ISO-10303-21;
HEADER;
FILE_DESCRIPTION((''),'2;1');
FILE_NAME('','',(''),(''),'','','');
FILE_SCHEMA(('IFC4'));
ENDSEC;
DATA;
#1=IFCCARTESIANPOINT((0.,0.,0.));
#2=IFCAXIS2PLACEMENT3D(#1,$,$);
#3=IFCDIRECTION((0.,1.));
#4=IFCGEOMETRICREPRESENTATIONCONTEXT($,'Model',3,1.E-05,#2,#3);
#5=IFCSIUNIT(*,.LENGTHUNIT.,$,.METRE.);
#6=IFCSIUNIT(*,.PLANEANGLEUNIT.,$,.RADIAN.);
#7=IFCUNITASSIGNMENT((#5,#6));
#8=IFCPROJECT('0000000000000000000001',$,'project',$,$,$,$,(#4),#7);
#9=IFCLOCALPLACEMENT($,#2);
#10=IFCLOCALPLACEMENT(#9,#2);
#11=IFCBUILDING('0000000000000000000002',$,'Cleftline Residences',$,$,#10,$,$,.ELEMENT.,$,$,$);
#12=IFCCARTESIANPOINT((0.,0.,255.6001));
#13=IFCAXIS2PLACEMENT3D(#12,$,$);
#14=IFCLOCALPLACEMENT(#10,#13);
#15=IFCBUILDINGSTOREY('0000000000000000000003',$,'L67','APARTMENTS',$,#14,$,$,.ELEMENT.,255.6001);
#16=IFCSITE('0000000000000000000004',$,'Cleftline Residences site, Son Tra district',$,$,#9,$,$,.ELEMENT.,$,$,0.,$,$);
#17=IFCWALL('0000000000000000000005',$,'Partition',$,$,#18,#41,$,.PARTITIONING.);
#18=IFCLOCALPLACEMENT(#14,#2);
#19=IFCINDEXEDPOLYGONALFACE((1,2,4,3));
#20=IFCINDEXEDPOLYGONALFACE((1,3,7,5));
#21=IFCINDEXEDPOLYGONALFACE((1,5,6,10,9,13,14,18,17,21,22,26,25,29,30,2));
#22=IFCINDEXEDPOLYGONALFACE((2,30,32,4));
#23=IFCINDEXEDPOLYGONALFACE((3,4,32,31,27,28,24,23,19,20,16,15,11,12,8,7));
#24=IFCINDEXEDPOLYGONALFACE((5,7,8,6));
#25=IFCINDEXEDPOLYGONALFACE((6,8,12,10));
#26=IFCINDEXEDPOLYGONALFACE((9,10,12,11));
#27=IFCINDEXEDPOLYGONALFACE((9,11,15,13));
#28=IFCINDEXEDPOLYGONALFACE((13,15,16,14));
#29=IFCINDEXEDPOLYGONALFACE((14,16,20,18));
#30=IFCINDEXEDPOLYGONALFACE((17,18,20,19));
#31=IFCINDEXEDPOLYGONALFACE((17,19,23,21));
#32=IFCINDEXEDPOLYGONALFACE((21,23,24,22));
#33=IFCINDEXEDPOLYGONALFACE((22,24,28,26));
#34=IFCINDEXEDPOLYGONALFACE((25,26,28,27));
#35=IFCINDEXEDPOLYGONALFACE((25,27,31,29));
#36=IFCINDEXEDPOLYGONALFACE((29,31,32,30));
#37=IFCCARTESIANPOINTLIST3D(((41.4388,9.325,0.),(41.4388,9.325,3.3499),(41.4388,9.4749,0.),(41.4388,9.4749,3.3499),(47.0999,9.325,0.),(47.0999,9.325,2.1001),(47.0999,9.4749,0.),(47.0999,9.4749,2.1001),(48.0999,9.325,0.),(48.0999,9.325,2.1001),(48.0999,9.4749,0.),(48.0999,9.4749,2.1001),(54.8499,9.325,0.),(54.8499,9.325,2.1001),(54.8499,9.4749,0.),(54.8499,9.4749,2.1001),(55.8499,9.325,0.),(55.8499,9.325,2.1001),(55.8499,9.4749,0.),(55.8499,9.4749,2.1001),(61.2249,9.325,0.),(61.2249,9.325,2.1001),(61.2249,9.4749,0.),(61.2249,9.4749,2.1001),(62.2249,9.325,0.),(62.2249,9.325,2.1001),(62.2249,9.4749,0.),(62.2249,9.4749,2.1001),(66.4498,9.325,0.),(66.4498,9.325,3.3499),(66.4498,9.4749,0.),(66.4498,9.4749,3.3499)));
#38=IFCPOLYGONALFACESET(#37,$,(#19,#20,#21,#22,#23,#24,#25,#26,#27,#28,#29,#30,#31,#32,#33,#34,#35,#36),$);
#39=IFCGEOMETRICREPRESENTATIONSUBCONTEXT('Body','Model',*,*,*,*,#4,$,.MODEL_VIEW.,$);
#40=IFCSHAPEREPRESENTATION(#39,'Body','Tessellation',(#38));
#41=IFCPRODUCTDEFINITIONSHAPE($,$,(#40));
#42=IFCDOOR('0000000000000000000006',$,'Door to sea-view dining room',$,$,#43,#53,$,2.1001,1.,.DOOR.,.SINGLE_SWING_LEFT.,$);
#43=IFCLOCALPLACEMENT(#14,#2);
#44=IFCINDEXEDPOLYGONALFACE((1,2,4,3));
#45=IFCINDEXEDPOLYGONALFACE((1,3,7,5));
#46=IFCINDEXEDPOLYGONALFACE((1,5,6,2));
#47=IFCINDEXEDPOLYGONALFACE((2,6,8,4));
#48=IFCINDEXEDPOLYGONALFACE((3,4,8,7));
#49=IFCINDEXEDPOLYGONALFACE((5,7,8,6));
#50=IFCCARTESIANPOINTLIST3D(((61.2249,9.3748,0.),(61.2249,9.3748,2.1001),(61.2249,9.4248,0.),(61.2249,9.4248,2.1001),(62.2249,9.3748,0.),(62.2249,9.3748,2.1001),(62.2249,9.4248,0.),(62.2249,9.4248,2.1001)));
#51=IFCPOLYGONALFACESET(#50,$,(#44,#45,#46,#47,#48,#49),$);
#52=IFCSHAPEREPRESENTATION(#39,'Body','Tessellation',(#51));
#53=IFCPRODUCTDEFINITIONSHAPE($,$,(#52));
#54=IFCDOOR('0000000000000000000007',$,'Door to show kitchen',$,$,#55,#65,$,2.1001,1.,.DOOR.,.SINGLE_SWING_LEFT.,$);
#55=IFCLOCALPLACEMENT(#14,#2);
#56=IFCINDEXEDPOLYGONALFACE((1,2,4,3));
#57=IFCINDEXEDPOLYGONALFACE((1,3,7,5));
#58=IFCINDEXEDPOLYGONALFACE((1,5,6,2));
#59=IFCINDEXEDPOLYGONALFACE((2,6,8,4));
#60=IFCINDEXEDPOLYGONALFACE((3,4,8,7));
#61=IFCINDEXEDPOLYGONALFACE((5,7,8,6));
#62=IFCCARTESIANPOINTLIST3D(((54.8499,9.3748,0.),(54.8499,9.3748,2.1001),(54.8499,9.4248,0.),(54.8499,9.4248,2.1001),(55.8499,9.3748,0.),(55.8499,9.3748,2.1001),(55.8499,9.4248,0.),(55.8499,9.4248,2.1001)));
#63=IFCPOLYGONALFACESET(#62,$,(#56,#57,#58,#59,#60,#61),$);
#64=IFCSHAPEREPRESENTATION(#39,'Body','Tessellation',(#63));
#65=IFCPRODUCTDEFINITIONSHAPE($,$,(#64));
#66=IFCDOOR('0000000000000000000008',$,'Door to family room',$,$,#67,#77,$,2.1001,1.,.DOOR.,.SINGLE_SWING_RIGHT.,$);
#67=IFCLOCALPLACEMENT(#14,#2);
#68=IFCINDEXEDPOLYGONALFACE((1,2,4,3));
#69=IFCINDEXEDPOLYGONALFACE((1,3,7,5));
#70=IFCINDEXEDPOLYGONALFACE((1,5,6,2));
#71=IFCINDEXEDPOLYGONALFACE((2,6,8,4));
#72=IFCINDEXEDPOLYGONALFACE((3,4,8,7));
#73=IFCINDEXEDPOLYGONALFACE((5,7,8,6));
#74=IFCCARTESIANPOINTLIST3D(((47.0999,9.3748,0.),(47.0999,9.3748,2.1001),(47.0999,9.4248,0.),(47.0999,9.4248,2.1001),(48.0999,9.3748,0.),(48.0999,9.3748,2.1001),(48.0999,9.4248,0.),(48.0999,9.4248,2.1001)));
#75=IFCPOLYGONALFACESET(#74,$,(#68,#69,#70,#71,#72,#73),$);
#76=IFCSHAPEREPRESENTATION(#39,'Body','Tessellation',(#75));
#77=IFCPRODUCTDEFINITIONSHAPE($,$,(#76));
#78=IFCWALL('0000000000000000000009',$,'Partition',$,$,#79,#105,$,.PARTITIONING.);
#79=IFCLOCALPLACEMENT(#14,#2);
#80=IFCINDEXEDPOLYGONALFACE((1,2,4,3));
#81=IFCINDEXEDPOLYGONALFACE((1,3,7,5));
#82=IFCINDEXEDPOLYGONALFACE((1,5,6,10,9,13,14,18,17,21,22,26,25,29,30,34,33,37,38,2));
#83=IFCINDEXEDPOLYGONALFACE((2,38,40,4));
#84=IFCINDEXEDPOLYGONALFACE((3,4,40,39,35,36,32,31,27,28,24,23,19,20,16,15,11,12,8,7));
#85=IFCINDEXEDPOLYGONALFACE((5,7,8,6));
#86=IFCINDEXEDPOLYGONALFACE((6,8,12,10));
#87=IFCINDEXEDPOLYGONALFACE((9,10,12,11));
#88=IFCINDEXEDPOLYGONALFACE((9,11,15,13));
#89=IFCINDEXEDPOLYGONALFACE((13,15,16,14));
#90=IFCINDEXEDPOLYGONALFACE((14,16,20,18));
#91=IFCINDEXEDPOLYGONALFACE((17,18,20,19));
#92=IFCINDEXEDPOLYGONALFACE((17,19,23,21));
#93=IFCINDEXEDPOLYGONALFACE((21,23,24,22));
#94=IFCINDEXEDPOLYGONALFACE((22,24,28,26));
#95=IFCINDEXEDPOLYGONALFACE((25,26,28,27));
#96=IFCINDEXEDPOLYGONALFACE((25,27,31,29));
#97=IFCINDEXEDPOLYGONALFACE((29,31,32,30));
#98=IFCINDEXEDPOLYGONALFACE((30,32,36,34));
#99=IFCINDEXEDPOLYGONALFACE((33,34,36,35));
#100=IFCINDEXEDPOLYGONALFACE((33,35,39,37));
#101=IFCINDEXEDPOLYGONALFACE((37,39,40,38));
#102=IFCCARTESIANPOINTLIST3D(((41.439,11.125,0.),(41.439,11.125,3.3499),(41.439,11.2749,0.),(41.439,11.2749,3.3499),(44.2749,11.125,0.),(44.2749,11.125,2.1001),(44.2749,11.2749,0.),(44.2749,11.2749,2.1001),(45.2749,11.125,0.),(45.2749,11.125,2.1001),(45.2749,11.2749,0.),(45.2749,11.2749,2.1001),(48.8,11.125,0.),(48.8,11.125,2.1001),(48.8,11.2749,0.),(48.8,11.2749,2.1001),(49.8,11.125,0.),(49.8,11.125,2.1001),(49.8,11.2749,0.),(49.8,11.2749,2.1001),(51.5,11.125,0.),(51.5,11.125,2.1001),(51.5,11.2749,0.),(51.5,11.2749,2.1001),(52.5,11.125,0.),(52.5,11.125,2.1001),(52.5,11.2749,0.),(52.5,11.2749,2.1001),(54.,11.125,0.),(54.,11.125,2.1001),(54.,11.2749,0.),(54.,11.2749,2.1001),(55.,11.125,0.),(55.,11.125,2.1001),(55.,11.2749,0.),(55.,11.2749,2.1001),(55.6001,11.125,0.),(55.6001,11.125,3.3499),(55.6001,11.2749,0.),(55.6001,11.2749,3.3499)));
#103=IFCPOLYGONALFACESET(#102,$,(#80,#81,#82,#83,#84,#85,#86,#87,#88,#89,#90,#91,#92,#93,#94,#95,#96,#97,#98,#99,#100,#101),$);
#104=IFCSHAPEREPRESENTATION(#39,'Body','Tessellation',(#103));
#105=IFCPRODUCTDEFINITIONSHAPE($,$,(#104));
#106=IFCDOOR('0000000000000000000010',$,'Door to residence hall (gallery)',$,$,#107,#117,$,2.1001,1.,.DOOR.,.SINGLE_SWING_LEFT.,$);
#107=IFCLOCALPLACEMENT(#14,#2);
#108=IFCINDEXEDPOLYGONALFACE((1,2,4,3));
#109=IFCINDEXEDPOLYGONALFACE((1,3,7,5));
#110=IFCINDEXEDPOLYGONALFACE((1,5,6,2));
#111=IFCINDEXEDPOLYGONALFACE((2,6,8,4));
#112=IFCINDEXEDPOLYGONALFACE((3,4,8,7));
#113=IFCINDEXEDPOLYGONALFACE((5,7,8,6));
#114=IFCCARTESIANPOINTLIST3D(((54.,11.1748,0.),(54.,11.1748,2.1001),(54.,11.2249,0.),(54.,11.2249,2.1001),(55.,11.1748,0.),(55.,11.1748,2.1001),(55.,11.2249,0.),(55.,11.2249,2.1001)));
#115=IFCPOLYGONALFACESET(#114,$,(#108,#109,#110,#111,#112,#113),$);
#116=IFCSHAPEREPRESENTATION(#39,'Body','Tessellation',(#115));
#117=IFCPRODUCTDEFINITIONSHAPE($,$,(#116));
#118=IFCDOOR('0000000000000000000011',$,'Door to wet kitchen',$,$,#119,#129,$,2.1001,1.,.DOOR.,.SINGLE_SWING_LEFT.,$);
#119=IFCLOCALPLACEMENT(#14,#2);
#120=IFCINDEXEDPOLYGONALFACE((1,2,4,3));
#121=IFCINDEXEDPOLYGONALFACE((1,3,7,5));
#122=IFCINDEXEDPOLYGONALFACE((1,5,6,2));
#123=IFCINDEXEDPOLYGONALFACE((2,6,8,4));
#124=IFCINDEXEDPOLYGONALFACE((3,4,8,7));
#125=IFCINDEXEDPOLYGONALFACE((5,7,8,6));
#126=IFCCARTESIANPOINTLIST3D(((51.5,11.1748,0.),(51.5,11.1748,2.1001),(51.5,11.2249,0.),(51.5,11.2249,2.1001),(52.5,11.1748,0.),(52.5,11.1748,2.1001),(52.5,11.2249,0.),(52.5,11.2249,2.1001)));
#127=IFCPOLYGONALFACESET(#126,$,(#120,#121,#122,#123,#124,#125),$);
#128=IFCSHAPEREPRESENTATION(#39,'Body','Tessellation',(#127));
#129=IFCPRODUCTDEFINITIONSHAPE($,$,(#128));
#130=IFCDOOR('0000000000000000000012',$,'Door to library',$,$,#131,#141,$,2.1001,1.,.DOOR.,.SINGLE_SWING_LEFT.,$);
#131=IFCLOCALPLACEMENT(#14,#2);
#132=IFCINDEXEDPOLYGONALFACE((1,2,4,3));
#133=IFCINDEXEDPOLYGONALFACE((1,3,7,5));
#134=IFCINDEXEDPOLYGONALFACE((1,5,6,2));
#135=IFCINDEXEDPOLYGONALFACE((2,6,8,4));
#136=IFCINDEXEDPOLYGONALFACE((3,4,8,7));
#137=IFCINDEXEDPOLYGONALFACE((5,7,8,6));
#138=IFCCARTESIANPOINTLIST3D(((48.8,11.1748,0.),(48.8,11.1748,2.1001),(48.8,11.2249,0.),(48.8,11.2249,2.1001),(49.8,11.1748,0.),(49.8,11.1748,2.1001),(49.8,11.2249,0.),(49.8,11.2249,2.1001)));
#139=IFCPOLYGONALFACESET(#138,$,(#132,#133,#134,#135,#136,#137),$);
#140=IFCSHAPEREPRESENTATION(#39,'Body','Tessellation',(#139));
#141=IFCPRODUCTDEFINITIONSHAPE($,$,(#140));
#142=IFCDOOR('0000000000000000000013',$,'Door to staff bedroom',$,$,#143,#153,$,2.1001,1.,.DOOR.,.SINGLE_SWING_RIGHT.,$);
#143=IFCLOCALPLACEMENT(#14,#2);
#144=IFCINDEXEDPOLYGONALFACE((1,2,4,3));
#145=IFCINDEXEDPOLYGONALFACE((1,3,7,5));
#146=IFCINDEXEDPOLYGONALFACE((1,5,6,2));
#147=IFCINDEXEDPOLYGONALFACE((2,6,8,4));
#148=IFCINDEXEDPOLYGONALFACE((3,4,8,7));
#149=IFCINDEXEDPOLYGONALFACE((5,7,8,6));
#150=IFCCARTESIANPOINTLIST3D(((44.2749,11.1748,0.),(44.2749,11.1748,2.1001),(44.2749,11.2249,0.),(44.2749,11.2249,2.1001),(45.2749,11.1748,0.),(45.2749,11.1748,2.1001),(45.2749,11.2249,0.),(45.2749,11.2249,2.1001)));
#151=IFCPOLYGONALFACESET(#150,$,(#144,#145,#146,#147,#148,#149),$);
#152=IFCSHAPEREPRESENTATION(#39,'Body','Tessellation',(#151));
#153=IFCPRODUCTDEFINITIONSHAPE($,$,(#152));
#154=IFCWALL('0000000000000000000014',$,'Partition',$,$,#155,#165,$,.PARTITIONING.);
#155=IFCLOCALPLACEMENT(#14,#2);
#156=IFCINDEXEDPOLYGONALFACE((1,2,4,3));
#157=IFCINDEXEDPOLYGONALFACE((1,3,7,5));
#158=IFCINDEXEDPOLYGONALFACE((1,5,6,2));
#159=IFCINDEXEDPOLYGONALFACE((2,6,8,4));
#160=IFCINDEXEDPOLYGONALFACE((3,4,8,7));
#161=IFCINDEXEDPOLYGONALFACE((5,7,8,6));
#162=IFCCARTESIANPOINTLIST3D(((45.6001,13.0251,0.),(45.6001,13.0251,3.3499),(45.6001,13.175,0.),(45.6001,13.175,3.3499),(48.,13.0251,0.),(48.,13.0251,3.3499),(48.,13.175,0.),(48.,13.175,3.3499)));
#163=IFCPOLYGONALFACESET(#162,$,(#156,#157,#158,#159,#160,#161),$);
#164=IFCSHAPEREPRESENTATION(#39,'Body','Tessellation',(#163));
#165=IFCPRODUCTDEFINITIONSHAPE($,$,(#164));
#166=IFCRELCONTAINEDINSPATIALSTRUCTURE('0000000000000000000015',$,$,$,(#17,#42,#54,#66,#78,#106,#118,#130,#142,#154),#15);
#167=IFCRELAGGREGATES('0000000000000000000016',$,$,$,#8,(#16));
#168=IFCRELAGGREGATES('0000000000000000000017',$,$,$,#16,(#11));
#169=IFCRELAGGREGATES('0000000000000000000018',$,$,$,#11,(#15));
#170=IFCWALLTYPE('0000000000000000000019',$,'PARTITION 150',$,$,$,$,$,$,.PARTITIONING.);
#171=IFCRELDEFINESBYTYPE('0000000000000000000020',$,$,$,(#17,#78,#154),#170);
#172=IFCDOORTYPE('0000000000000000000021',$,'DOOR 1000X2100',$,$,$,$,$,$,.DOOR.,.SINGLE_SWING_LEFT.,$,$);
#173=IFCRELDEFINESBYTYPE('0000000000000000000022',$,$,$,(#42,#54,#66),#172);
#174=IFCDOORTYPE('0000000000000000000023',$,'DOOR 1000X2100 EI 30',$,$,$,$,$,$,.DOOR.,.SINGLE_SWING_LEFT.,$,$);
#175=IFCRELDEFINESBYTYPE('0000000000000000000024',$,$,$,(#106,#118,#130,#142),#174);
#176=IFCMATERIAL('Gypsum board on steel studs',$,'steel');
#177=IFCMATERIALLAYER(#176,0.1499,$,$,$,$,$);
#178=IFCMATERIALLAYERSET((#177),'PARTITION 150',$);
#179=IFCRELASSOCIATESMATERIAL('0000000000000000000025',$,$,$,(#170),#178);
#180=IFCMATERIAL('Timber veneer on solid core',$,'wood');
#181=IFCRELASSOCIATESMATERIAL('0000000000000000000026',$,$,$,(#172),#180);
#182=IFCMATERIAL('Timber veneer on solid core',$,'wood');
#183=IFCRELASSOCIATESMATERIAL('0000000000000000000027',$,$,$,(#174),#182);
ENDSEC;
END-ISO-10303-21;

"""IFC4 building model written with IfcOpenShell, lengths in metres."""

from ifc_helpers import new_model, si_unit, direction, frame, frame_2d, origin, place, context, subcontext, project, spatial, rectangle, extrude, material, layer, layer_set, type_object, element, fill, save


model = new_model("IFC4")

# Units and contexts
model_context = context("Model", 3, precision=1e-05, world=origin(), true_north=direction((0.0, 1.0)))
body_context = subcontext(model_context, "Body", "Model", "MODEL_VIEW")
ifc_project = project(units=[si_unit("LENGTHUNIT", "METRE"), si_unit("PLANEANGLEUNIT", "RADIAN")], contexts=[model_context])

# Site, building, storey
site_placement = place(None, origin())
site = spatial("IfcSite", under=ifc_project, at=site_placement, Name="Cleftline Residences site, Son Tra district", CompositionType="ELEMENT", RefElevation=0.0)
building_placement = place(site_placement, origin())
building = spatial("IfcBuilding", under=site, at=building_placement, Name="Cleftline Residences", CompositionType="ELEMENT")
storey_placement = place(building_placement, frame((0.0, 0.0, 255.6001)))
storey = spatial("IfcBuildingStorey", under=building, at=storey_placement, Name="L67", Description="APARTMENTS", CompositionType="ELEMENT", Elevation=255.6001)

# Walls, openings, doors
ifc_material_1 = material(Name="Gypsum board on steel studs", Category="steel")
ifc_layer_1 = layer(ifc_material_1, 0.1499)
ifc_layer_set_1 = layer_set([ifc_layer_1], Name="PARTITION 150")
wall_type_1 = type_object("IfcWallType", Name="PARTITION 150", PredefinedType="PARTITIONING", material=ifc_layer_set_1)
wall_1_placement = place(storey_placement, frame((41.439, 9.3999, 0.0), z_axis=(0.0, 0.0, 1.0), x_axis=(1.0, 0.0, 0.0)))
wall_1 = element("IfcWall", 1, at=wall_1_placement, inside=storey, type_object=wall_type_1, Name="Partition", PredefinedType="PARTITIONING", context=body_context, shape_type="SweptSolid", body=[
    extrude(rectangle(XDim=25.011, YDim=0.1499, at=frame_2d((12.5054, 0.0))), origin(), (0.0, 0.0, 1.0), 3.3499),
])
opening_1_placement = place(wall_1_placement, frame((19.7859, 0.0, 0.0)))
opening_1 = element("IfcOpeningElement", 2, at=opening_1_placement, cuts=wall_1, PredefinedType="OPENING", context=body_context, shape_type="SweptSolid", body=[
    extrude(rectangle(XDim=1.0, YDim=2.1001, at=frame_2d((0.5, 1.05))), frame((0.0, 0.085, 0.0), z_axis=(0.0, -1.0, 0.0), x_axis=(1.0, 0.0, 0.0)), (0.0, 0.0, 1.0), 0.1699),
])
opening_2_placement = place(wall_1_placement, frame((13.4109, 0.0, 0.0)))
opening_2 = element("IfcOpeningElement", 3, at=opening_2_placement, cuts=wall_1, PredefinedType="OPENING", context=body_context, shape_type="SweptSolid", body=[
    extrude(rectangle(XDim=1.0, YDim=2.1001, at=frame_2d((0.5, 1.05))), frame((0.0, 0.085, 0.0), z_axis=(0.0, -1.0, 0.0), x_axis=(1.0, 0.0, 0.0)), (0.0, 0.0, 1.0), 0.1699),
])
opening_3_placement = place(wall_1_placement, frame((5.6609, 0.0, 0.0)))
opening_3 = element("IfcOpeningElement", 4, at=opening_3_placement, cuts=wall_1, PredefinedType="OPENING", context=body_context, shape_type="SweptSolid", body=[
    extrude(rectangle(XDim=1.0, YDim=2.1001, at=frame_2d((0.5, 1.05))), frame((0.0, 0.085, 0.0), z_axis=(0.0, -1.0, 0.0), x_axis=(1.0, 0.0, 0.0)), (0.0, 0.0, 1.0), 0.1699),
])
ifc_material_2 = material(Name="Timber veneer on solid core", Category="wood")
door_type_1 = type_object("IfcDoorType", Name="DOOR 1000X2100", OperationType="SINGLE_SWING_LEFT", PredefinedType="DOOR", material=ifc_material_2)
door_1_placement = place(opening_1_placement, origin())
door_1 = element("IfcDoor", 5, at=door_1_placement, inside=storey, type_object=door_type_1, Name="Door to sea-view dining room", OperationType="SINGLE_SWING_LEFT", OverallHeight=2.1001, OverallWidth=1.0, PredefinedType="DOOR", context=body_context, shape_type="SweptSolid", body=[
    extrude(rectangle(XDim=1.0, YDim=2.1001, at=frame_2d((0.5, 1.05))), frame((0.0, 0.0249, 0.0), z_axis=(0.0, -1.0, 0.0), x_axis=(1.0, 0.0, 0.0)), (0.0, 0.0, 1.0), 0.05),
])
fill(opening_1, door_1)
door_2_placement = place(opening_2_placement, origin())
door_2 = element("IfcDoor", 6, at=door_2_placement, inside=storey, type_object=door_type_1, Name="Door to show kitchen", OperationType="SINGLE_SWING_LEFT", OverallHeight=2.1001, OverallWidth=1.0, PredefinedType="DOOR", context=body_context, shape_type="SweptSolid", body=[
    extrude(rectangle(XDim=1.0, YDim=2.1001, at=frame_2d((0.5, 1.05))), frame((0.0, 0.0249, 0.0), z_axis=(0.0, -1.0, 0.0), x_axis=(1.0, 0.0, 0.0)), (0.0, 0.0, 1.0), 0.05),
])
fill(opening_2, door_2)
door_3_placement = place(opening_3_placement, origin())
door_3 = element("IfcDoor", 7, at=door_3_placement, inside=storey, type_object=door_type_1, Name="Door to family room", OperationType="SINGLE_SWING_RIGHT", OverallHeight=2.1001, OverallWidth=1.0, PredefinedType="DOOR", context=body_context, shape_type="SweptSolid", body=[
    extrude(rectangle(XDim=1.0, YDim=2.1001, at=frame_2d((0.5, 1.05))), frame((0.0, 0.0249, 0.0), z_axis=(0.0, -1.0, 0.0), x_axis=(1.0, 0.0, 0.0)), (0.0, 0.0, 1.0), 0.05),
])
fill(opening_3, door_3)
wall_2_placement = place(storey_placement, frame((41.439, 11.2, 0.0), z_axis=(0.0, 0.0, 1.0), x_axis=(1.0, 0.0, 0.0)))
wall_2 = element("IfcWall", 8, at=wall_2_placement, inside=storey, type_object=wall_type_1, Name="Partition", PredefinedType="PARTITIONING", context=body_context, shape_type="SweptSolid", body=[
    extrude(rectangle(XDim=14.1611, YDim=0.1499, at=frame_2d((7.0806, 0.0))), origin(), (0.0, 0.0, 1.0), 3.3499),
])
opening_4_placement = place(wall_2_placement, frame((12.561, 0.0, 0.0)))
opening_4 = element("IfcOpeningElement", 9, at=opening_4_placement, cuts=wall_2, PredefinedType="OPENING", context=body_context, shape_type="SweptSolid", body=[
    extrude(rectangle(XDim=1.0, YDim=2.1001, at=frame_2d((0.5, 1.05))), frame((0.0, 0.085, 0.0), z_axis=(0.0, -1.0, 0.0), x_axis=(1.0, 0.0, 0.0)), (0.0, 0.0, 1.0), 0.1699),
])
opening_5_placement = place(wall_2_placement, frame((10.061, 0.0, 0.0)))
opening_5 = element("IfcOpeningElement", 10, at=opening_5_placement, cuts=wall_2, PredefinedType="OPENING", context=body_context, shape_type="SweptSolid", body=[
    extrude(rectangle(XDim=1.0, YDim=2.1001, at=frame_2d((0.5, 1.05))), frame((0.0, 0.085, 0.0), z_axis=(0.0, -1.0, 0.0), x_axis=(1.0, 0.0, 0.0)), (0.0, 0.0, 1.0), 0.1699),
])
opening_6_placement = place(wall_2_placement, frame((7.3611, 0.0, 0.0)))
opening_6 = element("IfcOpeningElement", 11, at=opening_6_placement, cuts=wall_2, PredefinedType="OPENING", context=body_context, shape_type="SweptSolid", body=[
    extrude(rectangle(XDim=1.0, YDim=2.1001, at=frame_2d((0.5, 1.05))), frame((0.0, 0.085, 0.0), z_axis=(0.0, -1.0, 0.0), x_axis=(1.0, 0.0, 0.0)), (0.0, 0.0, 1.0), 0.1699),
])
opening_7_placement = place(wall_2_placement, frame((2.8359, 0.0, 0.0)))
opening_7 = element("IfcOpeningElement", 12, at=opening_7_placement, cuts=wall_2, PredefinedType="OPENING", context=body_context, shape_type="SweptSolid", body=[
    extrude(rectangle(XDim=1.0, YDim=2.1001, at=frame_2d((0.5, 1.05))), frame((0.0, 0.085, 0.0), z_axis=(0.0, -1.0, 0.0), x_axis=(1.0, 0.0, 0.0)), (0.0, 0.0, 1.0), 0.1699),
])
ifc_material_3 = material(Name="Timber veneer on solid core", Category="wood")
door_type_2 = type_object("IfcDoorType", Name="DOOR 1000X2100 EI 30", OperationType="SINGLE_SWING_LEFT", PredefinedType="DOOR", material=ifc_material_3)
door_4_placement = place(opening_4_placement, origin())
door_4 = element("IfcDoor", 13, at=door_4_placement, inside=storey, type_object=door_type_2, Name="Door to residence hall (gallery)", OperationType="SINGLE_SWING_LEFT", OverallHeight=2.1001, OverallWidth=1.0, PredefinedType="DOOR", context=body_context, shape_type="SweptSolid", body=[
    extrude(rectangle(XDim=1.0, YDim=2.1001, at=frame_2d((0.5, 1.05))), frame((0.0, 0.0249, 0.0), z_axis=(0.0, -1.0, 0.0), x_axis=(1.0, 0.0, 0.0)), (0.0, 0.0, 1.0), 0.05),
])
fill(opening_4, door_4)
door_5_placement = place(opening_5_placement, origin())
door_5 = element("IfcDoor", 14, at=door_5_placement, inside=storey, type_object=door_type_2, Name="Door to wet kitchen", OperationType="SINGLE_SWING_LEFT", OverallHeight=2.1001, OverallWidth=1.0, PredefinedType="DOOR", context=body_context, shape_type="SweptSolid", body=[
    extrude(rectangle(XDim=1.0, YDim=2.1001, at=frame_2d((0.5, 1.05))), frame((0.0, 0.0249, 0.0), z_axis=(0.0, -1.0, 0.0), x_axis=(1.0, 0.0, 0.0)), (0.0, 0.0, 1.0), 0.05),
])
fill(opening_5, door_5)
door_6_placement = place(opening_6_placement, origin())
door_6 = element("IfcDoor", 15, at=door_6_placement, inside=storey, type_object=door_type_2, Name="Door to library", OperationType="SINGLE_SWING_LEFT", OverallHeight=2.1001, OverallWidth=1.0, PredefinedType="DOOR", context=body_context, shape_type="SweptSolid", body=[
    extrude(rectangle(XDim=1.0, YDim=2.1001, at=frame_2d((0.5, 1.05))), frame((0.0, 0.0249, 0.0), z_axis=(0.0, -1.0, 0.0), x_axis=(1.0, 0.0, 0.0)), (0.0, 0.0, 1.0), 0.05),
])
fill(opening_6, door_6)
door_7_placement = place(opening_7_placement, origin())
door_7 = element("IfcDoor", 16, at=door_7_placement, inside=storey, type_object=door_type_2, Name="Door to staff bedroom", OperationType="SINGLE_SWING_RIGHT", OverallHeight=2.1001, OverallWidth=1.0, PredefinedType="DOOR", context=body_context, shape_type="SweptSolid", body=[
    extrude(rectangle(XDim=1.0, YDim=2.1001, at=frame_2d((0.5, 1.05))), frame((0.0, 0.0249, 0.0), z_axis=(0.0, -1.0, 0.0), x_axis=(1.0, 0.0, 0.0)), (0.0, 0.0, 1.0), 0.05),
])
fill(opening_7, door_7)

# Wall
wall_3_placement = place(storey_placement, frame((45.6001, 13.1001, 0.0), z_axis=(0.0, 0.0, 1.0), x_axis=(1.0, 0.0, 0.0)))
element("IfcWall", 17, at=wall_3_placement, inside=storey, type_object=wall_type_1, Name="Partition", PredefinedType="PARTITIONING", context=body_context, shape_type="SweptSolid", body=[
    extrude(rectangle(XDim=2.3999, YDim=0.1499, at=frame_2d((1.2, 0.0))), origin(), (0.0, 0.0, 1.0), 3.3499),
])

save(model, "model.ifc")
